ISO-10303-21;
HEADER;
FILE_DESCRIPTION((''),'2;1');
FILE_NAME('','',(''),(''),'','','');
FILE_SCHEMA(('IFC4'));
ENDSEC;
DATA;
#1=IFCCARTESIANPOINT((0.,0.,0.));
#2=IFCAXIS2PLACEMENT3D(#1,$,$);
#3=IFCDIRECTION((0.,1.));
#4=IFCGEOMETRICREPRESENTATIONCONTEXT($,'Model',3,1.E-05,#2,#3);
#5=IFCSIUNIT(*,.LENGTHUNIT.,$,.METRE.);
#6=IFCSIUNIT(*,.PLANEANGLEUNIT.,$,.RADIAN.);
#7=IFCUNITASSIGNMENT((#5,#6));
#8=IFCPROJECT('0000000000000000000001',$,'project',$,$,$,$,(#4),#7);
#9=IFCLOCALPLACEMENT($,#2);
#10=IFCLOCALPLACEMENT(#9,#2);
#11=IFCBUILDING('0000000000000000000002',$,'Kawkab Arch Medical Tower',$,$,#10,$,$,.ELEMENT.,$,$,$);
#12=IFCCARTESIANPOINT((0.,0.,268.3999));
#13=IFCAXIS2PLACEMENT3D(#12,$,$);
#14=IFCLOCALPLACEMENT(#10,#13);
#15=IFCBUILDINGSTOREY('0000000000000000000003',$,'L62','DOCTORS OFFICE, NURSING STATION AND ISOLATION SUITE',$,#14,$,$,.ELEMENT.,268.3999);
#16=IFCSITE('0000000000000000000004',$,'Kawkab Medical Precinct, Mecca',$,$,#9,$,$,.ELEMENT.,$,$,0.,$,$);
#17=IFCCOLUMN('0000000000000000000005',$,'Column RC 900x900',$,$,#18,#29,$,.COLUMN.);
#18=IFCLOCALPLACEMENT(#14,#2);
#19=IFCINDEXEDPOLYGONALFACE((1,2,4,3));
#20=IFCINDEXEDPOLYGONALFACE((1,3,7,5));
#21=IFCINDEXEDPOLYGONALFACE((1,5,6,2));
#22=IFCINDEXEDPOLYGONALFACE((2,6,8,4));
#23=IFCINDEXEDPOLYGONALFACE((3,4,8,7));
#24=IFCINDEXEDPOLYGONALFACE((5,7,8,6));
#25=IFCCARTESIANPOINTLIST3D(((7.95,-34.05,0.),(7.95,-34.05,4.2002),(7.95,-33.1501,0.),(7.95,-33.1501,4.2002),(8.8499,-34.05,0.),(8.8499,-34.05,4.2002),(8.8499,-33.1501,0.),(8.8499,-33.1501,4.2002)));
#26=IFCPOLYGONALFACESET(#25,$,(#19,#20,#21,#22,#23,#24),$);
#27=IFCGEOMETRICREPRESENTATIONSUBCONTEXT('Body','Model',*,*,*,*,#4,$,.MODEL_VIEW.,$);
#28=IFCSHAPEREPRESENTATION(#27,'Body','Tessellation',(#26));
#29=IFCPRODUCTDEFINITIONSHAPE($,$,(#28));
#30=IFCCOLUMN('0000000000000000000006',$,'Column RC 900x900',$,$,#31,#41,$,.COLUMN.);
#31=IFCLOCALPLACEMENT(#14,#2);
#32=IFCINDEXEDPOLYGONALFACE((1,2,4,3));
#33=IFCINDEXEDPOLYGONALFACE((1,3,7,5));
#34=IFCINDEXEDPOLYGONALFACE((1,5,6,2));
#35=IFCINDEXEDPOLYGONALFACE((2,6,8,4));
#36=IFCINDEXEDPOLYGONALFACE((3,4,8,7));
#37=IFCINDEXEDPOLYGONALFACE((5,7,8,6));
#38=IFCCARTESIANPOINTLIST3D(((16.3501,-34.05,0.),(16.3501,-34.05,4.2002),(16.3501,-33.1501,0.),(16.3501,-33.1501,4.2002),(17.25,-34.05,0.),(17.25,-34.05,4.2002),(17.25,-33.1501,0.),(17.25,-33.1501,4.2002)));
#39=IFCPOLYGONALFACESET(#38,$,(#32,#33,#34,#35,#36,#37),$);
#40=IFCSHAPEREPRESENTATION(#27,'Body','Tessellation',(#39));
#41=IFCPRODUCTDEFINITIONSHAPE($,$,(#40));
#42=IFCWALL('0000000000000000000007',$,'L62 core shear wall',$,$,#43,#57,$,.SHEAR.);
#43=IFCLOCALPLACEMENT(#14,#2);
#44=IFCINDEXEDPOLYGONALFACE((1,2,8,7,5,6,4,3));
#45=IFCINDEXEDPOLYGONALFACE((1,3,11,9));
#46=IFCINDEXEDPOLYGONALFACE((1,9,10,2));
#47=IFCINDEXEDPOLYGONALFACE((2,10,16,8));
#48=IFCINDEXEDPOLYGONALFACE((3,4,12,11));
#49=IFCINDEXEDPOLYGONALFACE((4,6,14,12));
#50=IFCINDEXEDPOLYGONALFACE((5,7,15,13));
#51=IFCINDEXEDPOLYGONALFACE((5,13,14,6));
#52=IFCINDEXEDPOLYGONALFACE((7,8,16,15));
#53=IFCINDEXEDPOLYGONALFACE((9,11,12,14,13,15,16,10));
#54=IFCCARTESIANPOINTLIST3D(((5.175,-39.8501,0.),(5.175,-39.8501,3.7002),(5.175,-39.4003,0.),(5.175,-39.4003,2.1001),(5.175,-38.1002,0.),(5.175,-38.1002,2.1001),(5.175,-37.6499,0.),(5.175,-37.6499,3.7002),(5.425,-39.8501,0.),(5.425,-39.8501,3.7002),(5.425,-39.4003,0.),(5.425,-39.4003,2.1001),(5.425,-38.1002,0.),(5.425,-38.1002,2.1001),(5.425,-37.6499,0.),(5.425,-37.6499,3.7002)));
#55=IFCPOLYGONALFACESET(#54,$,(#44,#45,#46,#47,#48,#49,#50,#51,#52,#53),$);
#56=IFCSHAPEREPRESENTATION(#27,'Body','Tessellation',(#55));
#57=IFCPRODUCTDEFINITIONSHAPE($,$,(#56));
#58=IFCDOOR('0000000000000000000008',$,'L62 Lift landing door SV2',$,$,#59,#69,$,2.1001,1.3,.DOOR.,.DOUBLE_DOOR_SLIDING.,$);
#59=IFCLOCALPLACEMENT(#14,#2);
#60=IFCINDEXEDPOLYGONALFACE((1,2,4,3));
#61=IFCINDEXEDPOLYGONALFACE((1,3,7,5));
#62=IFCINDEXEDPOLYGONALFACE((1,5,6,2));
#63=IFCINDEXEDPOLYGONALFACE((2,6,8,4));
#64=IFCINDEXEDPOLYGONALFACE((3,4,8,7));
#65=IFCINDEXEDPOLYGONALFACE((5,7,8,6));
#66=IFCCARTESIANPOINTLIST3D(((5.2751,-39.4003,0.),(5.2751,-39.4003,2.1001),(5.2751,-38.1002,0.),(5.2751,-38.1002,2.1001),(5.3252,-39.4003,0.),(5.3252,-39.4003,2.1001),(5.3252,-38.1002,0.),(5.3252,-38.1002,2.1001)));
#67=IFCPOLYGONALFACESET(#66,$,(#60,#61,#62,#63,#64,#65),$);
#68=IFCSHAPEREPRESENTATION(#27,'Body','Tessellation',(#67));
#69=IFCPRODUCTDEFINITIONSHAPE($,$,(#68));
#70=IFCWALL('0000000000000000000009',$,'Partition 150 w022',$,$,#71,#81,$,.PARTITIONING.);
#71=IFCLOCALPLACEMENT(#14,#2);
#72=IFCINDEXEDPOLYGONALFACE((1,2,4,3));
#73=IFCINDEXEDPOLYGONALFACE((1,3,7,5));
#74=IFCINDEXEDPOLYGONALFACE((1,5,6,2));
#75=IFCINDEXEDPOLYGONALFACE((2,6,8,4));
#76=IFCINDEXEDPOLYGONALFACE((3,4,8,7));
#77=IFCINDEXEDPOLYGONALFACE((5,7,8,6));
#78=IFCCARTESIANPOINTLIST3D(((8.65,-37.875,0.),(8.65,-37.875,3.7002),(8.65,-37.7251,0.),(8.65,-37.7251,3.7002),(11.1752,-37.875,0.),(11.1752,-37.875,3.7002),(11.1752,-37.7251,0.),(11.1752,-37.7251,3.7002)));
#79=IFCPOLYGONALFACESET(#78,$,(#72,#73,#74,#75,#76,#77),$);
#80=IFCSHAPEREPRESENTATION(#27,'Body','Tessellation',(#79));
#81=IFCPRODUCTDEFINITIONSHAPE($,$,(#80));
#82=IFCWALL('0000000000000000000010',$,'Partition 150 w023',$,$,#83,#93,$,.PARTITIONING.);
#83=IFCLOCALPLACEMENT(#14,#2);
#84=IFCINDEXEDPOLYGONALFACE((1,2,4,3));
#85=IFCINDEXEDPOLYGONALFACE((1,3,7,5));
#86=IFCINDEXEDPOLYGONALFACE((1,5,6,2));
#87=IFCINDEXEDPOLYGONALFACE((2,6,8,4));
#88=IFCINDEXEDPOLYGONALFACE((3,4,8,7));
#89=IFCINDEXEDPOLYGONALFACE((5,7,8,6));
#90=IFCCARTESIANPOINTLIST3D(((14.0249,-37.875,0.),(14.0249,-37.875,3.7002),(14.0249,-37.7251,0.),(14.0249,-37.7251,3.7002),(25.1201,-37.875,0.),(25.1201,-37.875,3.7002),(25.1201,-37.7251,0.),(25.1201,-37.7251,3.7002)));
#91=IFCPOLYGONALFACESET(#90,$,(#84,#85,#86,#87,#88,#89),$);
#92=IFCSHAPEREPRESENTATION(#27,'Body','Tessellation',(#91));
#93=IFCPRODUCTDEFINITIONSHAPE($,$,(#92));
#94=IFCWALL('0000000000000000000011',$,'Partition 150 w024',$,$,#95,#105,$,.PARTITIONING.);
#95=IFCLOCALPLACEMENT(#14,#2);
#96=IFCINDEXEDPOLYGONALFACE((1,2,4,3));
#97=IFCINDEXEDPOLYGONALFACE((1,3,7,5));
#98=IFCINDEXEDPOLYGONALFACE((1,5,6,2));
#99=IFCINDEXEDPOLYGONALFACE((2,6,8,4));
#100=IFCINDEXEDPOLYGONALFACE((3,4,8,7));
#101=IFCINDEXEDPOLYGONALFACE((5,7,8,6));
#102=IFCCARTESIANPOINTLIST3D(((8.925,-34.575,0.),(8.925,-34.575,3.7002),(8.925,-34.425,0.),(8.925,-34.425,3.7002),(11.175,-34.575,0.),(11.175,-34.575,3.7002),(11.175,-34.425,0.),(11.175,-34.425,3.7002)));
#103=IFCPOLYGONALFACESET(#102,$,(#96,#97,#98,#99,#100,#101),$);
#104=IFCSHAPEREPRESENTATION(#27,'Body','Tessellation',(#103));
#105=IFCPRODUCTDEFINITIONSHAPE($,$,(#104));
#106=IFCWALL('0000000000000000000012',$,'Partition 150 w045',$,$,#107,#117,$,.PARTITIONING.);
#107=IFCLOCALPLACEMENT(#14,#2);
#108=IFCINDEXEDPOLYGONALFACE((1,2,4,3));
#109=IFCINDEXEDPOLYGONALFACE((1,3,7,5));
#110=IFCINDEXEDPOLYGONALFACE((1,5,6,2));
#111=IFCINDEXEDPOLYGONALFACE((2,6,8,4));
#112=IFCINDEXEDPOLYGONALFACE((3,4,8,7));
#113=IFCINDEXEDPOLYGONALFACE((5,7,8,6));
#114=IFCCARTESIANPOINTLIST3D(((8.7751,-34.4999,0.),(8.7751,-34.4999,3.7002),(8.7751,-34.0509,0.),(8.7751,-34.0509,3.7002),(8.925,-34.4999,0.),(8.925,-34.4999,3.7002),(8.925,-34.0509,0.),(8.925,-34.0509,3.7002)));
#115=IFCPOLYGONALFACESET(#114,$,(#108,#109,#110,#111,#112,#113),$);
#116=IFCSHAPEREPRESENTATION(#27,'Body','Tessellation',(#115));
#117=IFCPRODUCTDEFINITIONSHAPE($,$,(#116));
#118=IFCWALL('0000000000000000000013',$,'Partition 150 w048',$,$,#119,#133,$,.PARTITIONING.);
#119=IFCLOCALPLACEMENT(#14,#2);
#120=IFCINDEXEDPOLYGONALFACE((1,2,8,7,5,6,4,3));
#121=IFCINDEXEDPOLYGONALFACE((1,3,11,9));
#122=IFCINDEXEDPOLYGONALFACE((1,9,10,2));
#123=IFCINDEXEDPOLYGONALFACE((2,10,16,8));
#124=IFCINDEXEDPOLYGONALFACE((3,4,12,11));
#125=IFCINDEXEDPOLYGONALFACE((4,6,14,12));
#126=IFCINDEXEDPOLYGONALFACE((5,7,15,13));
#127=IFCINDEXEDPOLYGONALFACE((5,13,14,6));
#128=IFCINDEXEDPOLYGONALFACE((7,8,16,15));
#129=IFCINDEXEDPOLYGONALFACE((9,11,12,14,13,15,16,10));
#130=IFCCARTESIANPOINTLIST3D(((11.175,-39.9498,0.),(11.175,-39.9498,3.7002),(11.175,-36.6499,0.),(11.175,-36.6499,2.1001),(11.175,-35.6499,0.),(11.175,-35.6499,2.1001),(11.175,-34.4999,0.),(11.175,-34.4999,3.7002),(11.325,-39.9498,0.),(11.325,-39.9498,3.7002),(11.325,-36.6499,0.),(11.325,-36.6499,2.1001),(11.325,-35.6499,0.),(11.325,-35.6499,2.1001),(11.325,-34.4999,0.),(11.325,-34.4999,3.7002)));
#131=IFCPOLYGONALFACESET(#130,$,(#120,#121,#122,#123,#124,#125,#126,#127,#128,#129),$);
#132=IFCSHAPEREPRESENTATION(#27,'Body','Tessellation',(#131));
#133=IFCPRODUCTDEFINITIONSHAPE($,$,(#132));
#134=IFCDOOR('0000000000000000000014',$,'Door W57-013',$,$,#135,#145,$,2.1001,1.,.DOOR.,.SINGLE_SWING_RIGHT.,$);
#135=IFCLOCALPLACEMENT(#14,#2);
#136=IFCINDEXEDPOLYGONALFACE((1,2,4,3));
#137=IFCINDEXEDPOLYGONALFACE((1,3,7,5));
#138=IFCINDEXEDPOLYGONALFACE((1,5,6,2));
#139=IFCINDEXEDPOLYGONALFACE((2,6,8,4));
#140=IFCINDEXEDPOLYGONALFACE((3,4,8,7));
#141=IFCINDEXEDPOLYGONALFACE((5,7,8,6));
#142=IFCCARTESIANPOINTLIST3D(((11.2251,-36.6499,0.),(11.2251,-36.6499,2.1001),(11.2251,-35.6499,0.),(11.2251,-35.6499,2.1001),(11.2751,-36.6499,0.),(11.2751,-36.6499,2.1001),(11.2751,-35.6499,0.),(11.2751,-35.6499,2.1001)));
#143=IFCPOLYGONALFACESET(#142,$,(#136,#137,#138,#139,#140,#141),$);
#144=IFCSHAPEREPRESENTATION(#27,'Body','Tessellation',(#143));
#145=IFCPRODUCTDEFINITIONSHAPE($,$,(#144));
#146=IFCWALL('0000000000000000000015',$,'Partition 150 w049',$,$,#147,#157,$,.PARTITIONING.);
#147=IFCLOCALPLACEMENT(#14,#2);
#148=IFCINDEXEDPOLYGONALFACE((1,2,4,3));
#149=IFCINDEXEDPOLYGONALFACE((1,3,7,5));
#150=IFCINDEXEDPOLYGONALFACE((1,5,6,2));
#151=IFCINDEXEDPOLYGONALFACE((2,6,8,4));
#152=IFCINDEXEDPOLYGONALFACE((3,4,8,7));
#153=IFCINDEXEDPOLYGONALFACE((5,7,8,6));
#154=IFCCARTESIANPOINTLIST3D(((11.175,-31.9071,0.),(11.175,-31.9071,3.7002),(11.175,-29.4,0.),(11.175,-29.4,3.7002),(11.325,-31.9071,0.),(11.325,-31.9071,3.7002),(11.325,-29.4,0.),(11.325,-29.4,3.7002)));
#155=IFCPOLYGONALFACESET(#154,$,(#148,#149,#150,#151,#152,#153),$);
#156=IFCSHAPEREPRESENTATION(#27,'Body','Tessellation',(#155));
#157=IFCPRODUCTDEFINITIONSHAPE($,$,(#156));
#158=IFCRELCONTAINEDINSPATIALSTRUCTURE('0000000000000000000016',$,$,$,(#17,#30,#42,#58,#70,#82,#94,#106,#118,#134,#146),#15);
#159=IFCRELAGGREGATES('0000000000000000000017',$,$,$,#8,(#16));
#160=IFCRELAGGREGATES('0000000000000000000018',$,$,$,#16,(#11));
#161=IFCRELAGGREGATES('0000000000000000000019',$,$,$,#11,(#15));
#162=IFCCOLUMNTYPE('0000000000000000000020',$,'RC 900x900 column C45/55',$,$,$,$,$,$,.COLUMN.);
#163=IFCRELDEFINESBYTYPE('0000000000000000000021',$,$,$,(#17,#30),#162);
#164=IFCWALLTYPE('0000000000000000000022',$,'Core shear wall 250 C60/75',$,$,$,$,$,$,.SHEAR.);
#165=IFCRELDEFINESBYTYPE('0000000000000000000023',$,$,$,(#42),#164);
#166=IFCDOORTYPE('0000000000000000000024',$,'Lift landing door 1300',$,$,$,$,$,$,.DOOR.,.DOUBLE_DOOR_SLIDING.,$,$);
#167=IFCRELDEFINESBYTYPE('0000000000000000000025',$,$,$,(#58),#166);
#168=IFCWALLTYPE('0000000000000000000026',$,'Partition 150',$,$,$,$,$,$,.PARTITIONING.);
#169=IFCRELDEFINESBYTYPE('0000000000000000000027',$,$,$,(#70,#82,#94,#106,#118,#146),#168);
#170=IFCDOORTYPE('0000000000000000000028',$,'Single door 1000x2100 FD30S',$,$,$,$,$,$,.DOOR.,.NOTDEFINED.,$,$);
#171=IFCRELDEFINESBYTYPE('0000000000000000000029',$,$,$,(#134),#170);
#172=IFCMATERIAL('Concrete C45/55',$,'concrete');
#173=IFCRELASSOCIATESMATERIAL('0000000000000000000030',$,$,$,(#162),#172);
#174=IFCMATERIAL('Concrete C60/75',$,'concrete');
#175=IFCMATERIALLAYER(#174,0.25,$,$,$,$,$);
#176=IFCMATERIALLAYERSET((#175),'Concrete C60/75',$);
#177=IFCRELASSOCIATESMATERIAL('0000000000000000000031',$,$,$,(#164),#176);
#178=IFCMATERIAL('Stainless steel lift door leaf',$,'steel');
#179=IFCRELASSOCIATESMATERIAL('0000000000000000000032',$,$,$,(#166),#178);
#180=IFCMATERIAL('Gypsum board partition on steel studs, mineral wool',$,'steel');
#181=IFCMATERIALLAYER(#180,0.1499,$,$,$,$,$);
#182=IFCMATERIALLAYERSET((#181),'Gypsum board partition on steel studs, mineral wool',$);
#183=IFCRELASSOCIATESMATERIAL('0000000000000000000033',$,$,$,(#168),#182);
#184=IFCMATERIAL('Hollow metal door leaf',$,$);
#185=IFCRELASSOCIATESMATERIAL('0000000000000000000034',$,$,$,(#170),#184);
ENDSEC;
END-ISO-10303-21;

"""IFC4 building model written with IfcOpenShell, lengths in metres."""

from ifc_helpers import new_model, si_unit, direction, frame, frame_2d, origin, origin_2d, place, context, subcontext, project, spatial, rectangle, extrude, material, layer, layer_set, material_profile, profile_set, type_object, element, fill, save


model = new_model("IFC4")

# Units and contexts
model_context = context("Model", 3, precision=1e-05, world=origin(), true_north=direction((0.0, 1.0)))
body_context = subcontext(model_context, "Body", "Model", "MODEL_VIEW")
ifc_project = project(units=[si_unit("LENGTHUNIT", "METRE"), si_unit("PLANEANGLEUNIT", "RADIAN")], contexts=[model_context])

# Site, building, storey
site_placement = place(None, origin())
site = spatial("IfcSite", under=ifc_project, at=site_placement, Name="Kawkab Medical Precinct, Mecca", CompositionType="ELEMENT", RefElevation=0.0)
building_placement = place(site_placement, origin())
building = spatial("IfcBuilding", under=site, at=building_placement, Name="Kawkab Arch Medical Tower", CompositionType="ELEMENT")
storey_placement = place(building_placement, frame((0.0, 0.0, 268.3999)))
storey = spatial("IfcBuildingStorey", under=building, at=storey_placement, Name="L62", Description="DOCTORS OFFICE, NURSING STATION AND ISOLATION SUITE", CompositionType="ELEMENT", Elevation=268.3999)

# Columns
ifc_material_1 = material(Name="Concrete C45/55", Category="concrete")
ifc_material_profile = material_profile(ifc_material_1, rectangle(XDim=0.8999, YDim=0.8999, at=origin_2d()), Name="RC 900x900")
ifc_profile_set = profile_set([ifc_material_profile], Name="Concrete C45/55")
column_type = type_object("IfcColumnType", Name="RC 900x900 column C45/55", PredefinedType="COLUMN", material=ifc_profile_set)
for number, where, z_axis, x_axis, name in (
    (1, (8.3999, -33.6001, 0.0), (0.0, 0.0, 1.0), (1.0, 0.0, 0.0), "Column RC 900x900"),
    (2, (16.8, -33.6001, 0.0), (0.0, 0.0, 1.0), (1.0, 0.0, 0.0), "Column RC 900x900"),
):
    element("IfcColumn", number, at=place(storey_placement, frame(where, z_axis=z_axis, x_axis=x_axis)), inside=storey, type_object=column_type, Name=name, PredefinedType="COLUMN", context=body_context, shape_type="SweptSolid", body=[
        extrude(rectangle(XDim=0.8999, YDim=0.8999, at=origin_2d()), origin(), (0.0, 0.0, 1.0), 4.2002),
    ])

# Wall, opening, door
ifc_material_2 = material(Name="Concrete C60/75", Category="concrete")
ifc_layer_1 = layer(ifc_material_2, 0.25)
ifc_layer_set_1 = layer_set([ifc_layer_1], Name="Concrete C60/75")
wall_type_1 = type_object("IfcWallType", Name="Core shear wall 250 C60/75", PredefinedType="SHEAR", material=ifc_layer_set_1)
wall_1_placement = place(storey_placement, frame((5.3, -39.8501, 0.0), z_axis=(0.0, 0.0, 1.0), x_axis=(0.0, 1.0, 0.0)))
wall_1 = element("IfcWall", 3, at=wall_1_placement, inside=storey, type_object=wall_type_1, Name="L62 core shear wall", PredefinedType="SHEAR", context=body_context, shape_type="SweptSolid", body=[
    extrude(rectangle(XDim=2.2002, YDim=0.25, at=frame_2d((1.1001, 0.0))), origin(), (0.0, 0.0, 1.0), 3.7002),
])
opening_1_placement = place(wall_1_placement, frame((0.45, 0.0, 0.0)))
opening_1 = element("IfcOpeningElement", 4, at=opening_1_placement, cuts=wall_1, PredefinedType="OPENING", context=body_context, shape_type="SweptSolid", body=[
    extrude(rectangle(XDim=1.3, YDim=2.1001, at=frame_2d((0.6499, 1.05))), frame((0.0, 0.135, 0.0), z_axis=(0.0, -1.0, 0.0), x_axis=(1.0, 0.0, 0.0)), (0.0, 0.0, 1.0), 0.27),
])
ifc_material_3 = material(Name="Stainless steel lift door leaf", Category="steel")
door_type_1 = type_object("IfcDoorType", Name="Lift landing door 1300", OperationType="DOUBLE_DOOR_SLIDING", PredefinedType="DOOR", material=ifc_material_3)
door_1_placement = place(opening_1_placement, origin())
door_1 = element("IfcDoor", 5, at=door_1_placement, inside=storey, type_object=door_type_1, Name="L62 Lift landing door SV2", OperationType="DOUBLE_DOOR_SLIDING", OverallHeight=2.1001, OverallWidth=1.3, PredefinedType="DOOR", context=body_context, shape_type="SweptSolid", body=[
    extrude(rectangle(XDim=1.3, YDim=2.1001, at=frame_2d((0.6499, 1.05))), frame((0.0, 0.0249, 0.0), z_axis=(0.0, -1.0, 0.0), x_axis=(1.0, 0.0, 0.0)), (0.0, 0.0, 1.0), 0.05),
])
fill(opening_1, door_1)

# Walls
ifc_material_4 = material(Name="Gypsum board partition on steel studs, mineral wool", Category="steel")
ifc_layer_2 = layer(ifc_material_4, 0.1499)
ifc_layer_set_2 = layer_set([ifc_layer_2], Name="Gypsum board partition on steel studs, mineral wool")
wall_type_2 = type_object("IfcWallType", Name="Partition 150", PredefinedType="PARTITIONING", material=ifc_layer_set_2)
wall_2_placement = place(storey_placement, frame((8.6499, -37.8, 0.0), z_axis=(0.0, 0.0, 1.0), x_axis=(1.0, 0.0, 0.0)))
element("IfcWall", 6, at=wall_2_placement, inside=storey, type_object=wall_type_2, Name="Partition 150 w022", PredefinedType="PARTITIONING", context=body_context, shape_type="SweptSolid", body=[
    extrude(rectangle(XDim=2.5251, YDim=0.1499, at=frame_2d((1.2627, 0.0))), origin(), (0.0, 0.0, 1.0), 3.7002),
])
wall_3_placement = place(storey_placement, frame((14.0249, -37.8, 0.0), z_axis=(0.0, 0.0, 1.0), x_axis=(1.0, 0.0, 0.0)))
element("IfcWall", 7, at=wall_3_placement, inside=storey, type_object=wall_type_2, Name="Partition 150 w023", PredefinedType="PARTITIONING", context=body_context, shape_type="SweptSolid", body=[
    extrude(rectangle(XDim=11.0952, YDim=0.1499, at=frame_2d((5.5476, 0.0))), origin(), (0.0, 0.0, 1.0), 3.7002),
])
wall_4_placement = place(storey_placement, frame((8.925, -34.5, 0.0), z_axis=(0.0, 0.0, 1.0), x_axis=(1.0, 0.0, 0.0)))
element("IfcWall", 8, at=wall_4_placement, inside=storey, type_object=wall_type_2, Name="Partition 150 w024", PredefinedType="PARTITIONING", context=body_context, shape_type="SweptSolid", body=[
    extrude(rectangle(XDim=2.25, YDim=0.1499, at=frame_2d((1.125, 0.0))), origin(), (0.0, 0.0, 1.0), 3.7002),
])
wall_5_placement = place(storey_placement, frame((8.8501, -34.5, 0.0), z_axis=(0.0, 0.0, 1.0), x_axis=(0.0, 1.0, 0.0)))
element("IfcWall", 9, at=wall_5_placement, inside=storey, type_object=wall_type_2, Name="Partition 150 w045", PredefinedType="PARTITIONING", context=body_context, shape_type="SweptSolid", body=[
    extrude(rectangle(XDim=0.449, YDim=0.1499, at=frame_2d((0.2246, 0.0))), origin(), (0.0, 0.0, 1.0), 3.7002),
])

# Wall, opening, door
wall_6_placement = place(storey_placement, frame((11.25, -39.95, 0.0), z_axis=(0.0, 0.0, 1.0), x_axis=(0.0, 1.0, 0.0)))
wall_6 = element("IfcWall", 10, at=wall_6_placement, inside=storey, type_object=wall_type_2, Name="Partition 150 w048", PredefinedType="PARTITIONING", context=body_context, shape_type="SweptSolid", body=[
    extrude(rectangle(XDim=5.45, YDim=0.1499, at=frame_2d((2.7251, 0.0))), origin(), (0.0, 0.0, 1.0), 3.7002),
])
opening_2_placement = place(wall_6_placement, frame((3.3, 0.0, 0.0)))
opening_2 = element("IfcOpeningElement", 11, at=opening_2_placement, cuts=wall_6, PredefinedType="OPENING", context=body_context, shape_type="SweptSolid", body=[
    extrude(rectangle(XDim=1.0, YDim=2.1001, at=frame_2d((0.5, 1.05))), frame((0.0, 0.085, 0.0), z_axis=(0.0, -1.0, 0.0), x_axis=(1.0, 0.0, 0.0)), (0.0, 0.0, 1.0), 0.1699),
])
ifc_material_5 = material(Name="Hollow metal door leaf")
door_type_2 = type_object("IfcDoorType", Name="Single door 1000x2100 FD30S", OperationType="NOTDEFINED", PredefinedType="DOOR", material=ifc_material_5)
door_2_placement = place(opening_2_placement, origin())
door_2 = element("IfcDoor", 12, at=door_2_placement, inside=storey, type_object=door_type_2, Name="Door W57-013", OperationType="SINGLE_SWING_RIGHT", OverallHeight=2.1001, OverallWidth=1.0, PredefinedType="DOOR", context=body_context, shape_type="SweptSolid", body=[
    extrude(rectangle(XDim=1.0, YDim=2.1001, at=frame_2d((0.5, 1.05))), frame((0.0, 0.0249, 0.0), z_axis=(0.0, -1.0, 0.0), x_axis=(1.0, 0.0, 0.0)), (0.0, 0.0, 1.0), 0.05),
])
fill(opening_2, door_2)

# Wall
wall_7_placement = place(storey_placement, frame((11.25, -31.907, 0.0), z_axis=(0.0, 0.0, 1.0), x_axis=(0.0, 1.0, 0.0)))
element("IfcWall", 13, at=wall_7_placement, inside=storey, type_object=wall_type_2, Name="Partition 150 w049", PredefinedType="PARTITIONING", context=body_context, shape_type="SweptSolid", body=[
    extrude(rectangle(XDim=2.5071, YDim=0.1499, at=frame_2d((1.2534, 0.0))), origin(), (0.0, 0.0, 1.0), 3.7002),
])

save(model, "model.ifc")
